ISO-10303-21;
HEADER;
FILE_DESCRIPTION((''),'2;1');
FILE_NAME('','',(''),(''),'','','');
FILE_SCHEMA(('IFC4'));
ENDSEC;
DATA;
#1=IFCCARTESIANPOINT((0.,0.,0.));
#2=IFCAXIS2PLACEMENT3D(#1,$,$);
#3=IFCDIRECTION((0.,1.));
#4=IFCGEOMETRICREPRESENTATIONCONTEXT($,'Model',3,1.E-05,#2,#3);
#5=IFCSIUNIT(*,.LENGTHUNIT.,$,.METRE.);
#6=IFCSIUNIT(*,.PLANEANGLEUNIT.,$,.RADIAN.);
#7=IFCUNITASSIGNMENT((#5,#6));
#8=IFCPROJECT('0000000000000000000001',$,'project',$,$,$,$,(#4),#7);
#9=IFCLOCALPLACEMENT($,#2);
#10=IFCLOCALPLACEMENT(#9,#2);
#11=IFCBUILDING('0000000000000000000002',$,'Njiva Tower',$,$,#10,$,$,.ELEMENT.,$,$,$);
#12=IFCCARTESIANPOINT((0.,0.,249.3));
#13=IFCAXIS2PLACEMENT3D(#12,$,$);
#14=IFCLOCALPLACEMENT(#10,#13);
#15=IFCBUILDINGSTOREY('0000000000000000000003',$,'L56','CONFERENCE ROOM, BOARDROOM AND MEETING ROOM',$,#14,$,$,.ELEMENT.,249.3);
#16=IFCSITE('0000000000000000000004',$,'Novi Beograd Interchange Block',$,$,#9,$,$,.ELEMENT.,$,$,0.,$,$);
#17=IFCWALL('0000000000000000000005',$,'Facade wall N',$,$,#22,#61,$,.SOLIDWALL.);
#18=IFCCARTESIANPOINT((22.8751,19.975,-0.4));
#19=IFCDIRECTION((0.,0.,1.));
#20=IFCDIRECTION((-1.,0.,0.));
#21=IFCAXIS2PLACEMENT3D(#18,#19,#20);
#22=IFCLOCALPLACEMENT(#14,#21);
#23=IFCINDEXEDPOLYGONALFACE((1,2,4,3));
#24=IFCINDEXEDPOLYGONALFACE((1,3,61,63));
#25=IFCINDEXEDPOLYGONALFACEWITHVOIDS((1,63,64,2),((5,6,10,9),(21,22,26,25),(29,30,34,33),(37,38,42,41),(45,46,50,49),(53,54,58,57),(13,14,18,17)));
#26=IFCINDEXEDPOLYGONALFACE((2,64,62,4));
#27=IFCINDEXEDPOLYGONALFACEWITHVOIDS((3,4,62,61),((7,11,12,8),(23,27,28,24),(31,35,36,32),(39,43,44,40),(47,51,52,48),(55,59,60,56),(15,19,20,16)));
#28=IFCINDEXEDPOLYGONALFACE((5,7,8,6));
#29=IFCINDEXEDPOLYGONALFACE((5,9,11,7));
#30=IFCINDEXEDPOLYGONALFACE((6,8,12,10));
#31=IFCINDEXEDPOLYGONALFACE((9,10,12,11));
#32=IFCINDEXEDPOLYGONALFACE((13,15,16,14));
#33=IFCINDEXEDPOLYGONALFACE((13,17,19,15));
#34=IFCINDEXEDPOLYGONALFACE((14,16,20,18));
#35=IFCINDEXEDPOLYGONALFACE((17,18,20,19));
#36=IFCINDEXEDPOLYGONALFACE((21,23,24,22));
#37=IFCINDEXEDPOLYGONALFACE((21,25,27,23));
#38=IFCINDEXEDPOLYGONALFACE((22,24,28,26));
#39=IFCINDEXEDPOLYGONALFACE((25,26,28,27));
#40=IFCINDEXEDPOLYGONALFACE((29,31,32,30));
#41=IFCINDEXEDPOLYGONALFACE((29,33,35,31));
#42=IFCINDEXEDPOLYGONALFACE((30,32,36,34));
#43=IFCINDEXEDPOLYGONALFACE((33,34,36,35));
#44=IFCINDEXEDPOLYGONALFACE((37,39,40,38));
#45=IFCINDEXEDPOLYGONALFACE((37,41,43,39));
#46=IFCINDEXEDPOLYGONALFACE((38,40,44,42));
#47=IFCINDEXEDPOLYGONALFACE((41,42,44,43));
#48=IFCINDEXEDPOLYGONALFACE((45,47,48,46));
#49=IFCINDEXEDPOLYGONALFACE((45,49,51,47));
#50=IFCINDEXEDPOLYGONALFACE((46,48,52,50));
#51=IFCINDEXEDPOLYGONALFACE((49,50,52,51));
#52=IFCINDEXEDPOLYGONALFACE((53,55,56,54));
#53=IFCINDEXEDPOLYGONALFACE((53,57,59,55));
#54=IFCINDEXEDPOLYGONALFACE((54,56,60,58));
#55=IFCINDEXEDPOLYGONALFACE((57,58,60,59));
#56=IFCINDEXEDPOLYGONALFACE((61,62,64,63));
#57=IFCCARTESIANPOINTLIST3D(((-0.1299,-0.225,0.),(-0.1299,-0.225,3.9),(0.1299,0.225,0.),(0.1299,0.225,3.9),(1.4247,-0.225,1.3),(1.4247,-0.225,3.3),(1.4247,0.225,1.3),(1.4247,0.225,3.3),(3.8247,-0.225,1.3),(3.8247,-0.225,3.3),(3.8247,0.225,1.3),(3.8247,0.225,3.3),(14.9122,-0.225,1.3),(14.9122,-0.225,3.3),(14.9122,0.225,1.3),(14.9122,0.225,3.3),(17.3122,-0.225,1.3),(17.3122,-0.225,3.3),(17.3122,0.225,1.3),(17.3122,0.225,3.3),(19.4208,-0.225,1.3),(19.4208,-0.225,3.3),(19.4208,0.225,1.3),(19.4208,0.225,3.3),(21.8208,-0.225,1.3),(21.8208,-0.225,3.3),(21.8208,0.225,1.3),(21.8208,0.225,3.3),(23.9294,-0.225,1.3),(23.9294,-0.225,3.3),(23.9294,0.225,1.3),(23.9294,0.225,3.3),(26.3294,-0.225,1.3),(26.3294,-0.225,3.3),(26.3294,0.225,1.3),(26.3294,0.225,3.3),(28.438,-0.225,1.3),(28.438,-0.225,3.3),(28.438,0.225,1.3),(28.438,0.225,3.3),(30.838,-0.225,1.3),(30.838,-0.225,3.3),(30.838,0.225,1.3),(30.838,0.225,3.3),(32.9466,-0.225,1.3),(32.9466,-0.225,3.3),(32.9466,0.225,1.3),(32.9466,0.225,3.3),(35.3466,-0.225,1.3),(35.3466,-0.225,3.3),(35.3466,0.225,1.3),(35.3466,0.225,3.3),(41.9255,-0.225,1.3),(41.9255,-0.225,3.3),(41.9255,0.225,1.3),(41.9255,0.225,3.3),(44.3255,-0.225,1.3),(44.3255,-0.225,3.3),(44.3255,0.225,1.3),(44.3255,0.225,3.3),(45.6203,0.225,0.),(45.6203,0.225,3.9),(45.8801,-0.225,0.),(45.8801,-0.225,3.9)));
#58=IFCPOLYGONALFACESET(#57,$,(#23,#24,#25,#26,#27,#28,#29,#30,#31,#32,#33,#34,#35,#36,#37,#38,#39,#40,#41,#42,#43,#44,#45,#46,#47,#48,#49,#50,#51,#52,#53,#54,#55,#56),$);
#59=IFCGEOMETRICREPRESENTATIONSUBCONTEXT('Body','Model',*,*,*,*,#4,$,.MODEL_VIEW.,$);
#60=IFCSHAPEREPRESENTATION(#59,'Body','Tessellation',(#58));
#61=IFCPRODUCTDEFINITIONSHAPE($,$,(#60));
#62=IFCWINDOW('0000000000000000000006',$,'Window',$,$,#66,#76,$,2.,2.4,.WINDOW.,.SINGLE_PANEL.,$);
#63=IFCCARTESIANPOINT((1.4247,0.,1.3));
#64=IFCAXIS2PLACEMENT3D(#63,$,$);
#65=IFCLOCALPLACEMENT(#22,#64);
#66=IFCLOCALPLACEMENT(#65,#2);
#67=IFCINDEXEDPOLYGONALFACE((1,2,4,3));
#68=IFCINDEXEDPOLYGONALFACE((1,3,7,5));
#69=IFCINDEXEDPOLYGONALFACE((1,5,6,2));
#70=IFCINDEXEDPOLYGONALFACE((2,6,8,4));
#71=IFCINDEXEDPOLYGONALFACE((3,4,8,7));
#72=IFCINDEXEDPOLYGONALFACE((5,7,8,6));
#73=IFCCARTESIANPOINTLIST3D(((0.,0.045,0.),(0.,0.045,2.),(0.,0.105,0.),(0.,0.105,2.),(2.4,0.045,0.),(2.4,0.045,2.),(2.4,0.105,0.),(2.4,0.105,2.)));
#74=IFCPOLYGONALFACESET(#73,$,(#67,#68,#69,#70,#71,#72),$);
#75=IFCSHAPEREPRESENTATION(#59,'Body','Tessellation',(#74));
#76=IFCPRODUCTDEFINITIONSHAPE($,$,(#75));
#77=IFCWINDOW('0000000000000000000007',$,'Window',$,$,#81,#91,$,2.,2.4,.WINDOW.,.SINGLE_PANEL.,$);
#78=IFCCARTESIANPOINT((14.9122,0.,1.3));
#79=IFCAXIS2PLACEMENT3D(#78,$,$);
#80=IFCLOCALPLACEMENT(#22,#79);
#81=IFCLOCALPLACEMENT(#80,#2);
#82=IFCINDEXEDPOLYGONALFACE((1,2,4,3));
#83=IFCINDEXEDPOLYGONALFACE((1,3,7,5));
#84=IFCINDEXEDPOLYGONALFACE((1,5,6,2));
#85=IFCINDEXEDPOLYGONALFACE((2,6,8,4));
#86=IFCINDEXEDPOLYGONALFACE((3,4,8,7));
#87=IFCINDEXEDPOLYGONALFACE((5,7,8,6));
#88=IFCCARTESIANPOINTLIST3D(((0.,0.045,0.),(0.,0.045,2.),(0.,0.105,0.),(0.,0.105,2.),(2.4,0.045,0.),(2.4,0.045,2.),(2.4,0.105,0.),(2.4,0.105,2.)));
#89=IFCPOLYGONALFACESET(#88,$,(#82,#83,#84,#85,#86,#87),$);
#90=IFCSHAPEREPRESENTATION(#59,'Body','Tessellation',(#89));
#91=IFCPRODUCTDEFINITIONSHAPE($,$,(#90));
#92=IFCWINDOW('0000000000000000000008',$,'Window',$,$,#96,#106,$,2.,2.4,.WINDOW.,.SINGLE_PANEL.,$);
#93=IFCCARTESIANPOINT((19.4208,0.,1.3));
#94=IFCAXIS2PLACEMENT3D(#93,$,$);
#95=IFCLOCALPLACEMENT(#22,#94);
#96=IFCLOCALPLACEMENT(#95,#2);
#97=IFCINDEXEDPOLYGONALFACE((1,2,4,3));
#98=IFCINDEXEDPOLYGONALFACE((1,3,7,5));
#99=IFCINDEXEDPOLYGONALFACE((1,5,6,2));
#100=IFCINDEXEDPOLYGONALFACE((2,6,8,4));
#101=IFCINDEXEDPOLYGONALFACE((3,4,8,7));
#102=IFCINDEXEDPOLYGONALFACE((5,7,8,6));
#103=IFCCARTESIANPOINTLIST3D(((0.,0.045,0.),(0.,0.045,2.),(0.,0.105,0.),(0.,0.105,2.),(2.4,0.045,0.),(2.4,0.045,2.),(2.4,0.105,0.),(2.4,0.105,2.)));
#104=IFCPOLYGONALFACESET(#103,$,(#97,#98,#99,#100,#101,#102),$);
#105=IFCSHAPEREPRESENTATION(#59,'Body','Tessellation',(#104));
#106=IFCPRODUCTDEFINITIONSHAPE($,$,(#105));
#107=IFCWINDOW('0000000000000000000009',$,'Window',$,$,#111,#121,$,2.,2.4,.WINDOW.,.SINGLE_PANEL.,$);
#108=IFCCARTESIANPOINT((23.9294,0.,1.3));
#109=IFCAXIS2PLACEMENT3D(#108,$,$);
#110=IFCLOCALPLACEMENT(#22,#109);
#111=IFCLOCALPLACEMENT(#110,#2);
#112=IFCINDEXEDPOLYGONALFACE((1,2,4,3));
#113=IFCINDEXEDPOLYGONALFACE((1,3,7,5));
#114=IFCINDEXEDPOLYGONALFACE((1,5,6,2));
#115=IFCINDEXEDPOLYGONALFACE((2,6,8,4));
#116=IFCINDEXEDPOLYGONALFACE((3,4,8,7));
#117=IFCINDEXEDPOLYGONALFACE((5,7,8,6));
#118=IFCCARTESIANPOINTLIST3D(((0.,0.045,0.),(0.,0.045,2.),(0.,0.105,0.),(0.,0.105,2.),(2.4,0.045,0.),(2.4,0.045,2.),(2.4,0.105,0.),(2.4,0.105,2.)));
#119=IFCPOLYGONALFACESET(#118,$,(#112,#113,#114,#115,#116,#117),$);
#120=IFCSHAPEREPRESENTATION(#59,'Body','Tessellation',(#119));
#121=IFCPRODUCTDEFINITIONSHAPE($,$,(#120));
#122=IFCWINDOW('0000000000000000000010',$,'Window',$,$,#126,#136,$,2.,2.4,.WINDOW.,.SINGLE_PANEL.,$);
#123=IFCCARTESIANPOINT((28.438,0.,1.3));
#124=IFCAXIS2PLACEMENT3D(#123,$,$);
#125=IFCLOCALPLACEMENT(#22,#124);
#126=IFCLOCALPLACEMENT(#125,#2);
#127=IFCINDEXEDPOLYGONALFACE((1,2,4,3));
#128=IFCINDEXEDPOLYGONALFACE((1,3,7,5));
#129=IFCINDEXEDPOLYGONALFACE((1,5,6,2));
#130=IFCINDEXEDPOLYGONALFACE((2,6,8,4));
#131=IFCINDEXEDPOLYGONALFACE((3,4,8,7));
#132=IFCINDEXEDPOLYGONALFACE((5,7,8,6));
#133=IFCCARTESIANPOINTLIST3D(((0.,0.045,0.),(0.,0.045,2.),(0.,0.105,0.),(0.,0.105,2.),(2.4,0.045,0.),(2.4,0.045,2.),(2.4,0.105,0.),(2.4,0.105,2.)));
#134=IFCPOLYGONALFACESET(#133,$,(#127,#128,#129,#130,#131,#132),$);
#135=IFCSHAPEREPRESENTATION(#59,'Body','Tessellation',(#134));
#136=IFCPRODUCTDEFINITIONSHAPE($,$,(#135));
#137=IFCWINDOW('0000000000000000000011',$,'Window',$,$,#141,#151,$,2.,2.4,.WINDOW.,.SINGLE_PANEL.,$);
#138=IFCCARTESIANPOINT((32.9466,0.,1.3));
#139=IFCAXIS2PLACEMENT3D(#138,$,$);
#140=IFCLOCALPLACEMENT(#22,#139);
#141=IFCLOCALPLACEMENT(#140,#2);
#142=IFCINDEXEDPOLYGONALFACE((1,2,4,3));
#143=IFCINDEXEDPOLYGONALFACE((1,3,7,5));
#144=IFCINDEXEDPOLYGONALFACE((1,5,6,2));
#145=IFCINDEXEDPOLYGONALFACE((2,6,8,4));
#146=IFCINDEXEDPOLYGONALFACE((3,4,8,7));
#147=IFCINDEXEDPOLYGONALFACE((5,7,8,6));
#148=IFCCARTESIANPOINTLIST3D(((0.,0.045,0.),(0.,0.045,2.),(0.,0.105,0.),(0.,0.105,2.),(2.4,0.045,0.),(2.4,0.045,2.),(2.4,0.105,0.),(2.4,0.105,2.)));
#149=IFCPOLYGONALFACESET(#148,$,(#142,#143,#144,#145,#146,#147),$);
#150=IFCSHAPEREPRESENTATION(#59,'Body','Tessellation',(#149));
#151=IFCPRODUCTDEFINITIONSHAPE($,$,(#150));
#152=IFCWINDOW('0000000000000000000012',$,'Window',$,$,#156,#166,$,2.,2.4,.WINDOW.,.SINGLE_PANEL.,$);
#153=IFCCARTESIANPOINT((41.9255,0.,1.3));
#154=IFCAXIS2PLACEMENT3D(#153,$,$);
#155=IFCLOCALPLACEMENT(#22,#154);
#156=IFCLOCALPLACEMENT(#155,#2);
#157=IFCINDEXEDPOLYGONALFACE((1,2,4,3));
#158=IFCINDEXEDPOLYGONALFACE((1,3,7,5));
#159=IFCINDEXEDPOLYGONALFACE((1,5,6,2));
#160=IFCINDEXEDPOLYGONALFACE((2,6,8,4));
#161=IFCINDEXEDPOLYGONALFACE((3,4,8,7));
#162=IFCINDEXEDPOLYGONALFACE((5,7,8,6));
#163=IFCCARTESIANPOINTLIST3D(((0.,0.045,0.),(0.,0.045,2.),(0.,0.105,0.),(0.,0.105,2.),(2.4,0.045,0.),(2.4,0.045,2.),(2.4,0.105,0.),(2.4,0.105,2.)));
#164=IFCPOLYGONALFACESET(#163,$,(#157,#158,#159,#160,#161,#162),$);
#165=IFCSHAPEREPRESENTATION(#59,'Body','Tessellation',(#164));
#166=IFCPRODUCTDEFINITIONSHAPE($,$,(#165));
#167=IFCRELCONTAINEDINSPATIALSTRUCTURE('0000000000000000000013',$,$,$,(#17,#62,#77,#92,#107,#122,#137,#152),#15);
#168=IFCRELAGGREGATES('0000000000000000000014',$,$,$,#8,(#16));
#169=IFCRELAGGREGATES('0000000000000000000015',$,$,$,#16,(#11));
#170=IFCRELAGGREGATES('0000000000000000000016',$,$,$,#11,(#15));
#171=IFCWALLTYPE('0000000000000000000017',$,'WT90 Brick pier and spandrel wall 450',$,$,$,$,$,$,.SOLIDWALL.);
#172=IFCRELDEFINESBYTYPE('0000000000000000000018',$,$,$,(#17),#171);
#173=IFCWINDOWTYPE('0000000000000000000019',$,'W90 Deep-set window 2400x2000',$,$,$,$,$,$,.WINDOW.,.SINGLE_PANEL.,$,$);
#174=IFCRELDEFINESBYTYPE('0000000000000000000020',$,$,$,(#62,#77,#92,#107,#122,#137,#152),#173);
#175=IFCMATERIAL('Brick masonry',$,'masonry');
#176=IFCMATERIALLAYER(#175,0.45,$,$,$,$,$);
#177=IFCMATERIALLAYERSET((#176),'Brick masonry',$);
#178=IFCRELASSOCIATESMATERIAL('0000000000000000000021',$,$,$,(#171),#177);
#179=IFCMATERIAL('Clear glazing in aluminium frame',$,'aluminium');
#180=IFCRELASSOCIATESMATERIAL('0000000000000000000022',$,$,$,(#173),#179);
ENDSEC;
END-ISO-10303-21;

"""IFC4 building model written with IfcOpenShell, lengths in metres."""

from ifc_helpers import new_model, si_unit, direction, frame, frame_2d, origin, place, context, subcontext, project, spatial, polyline, rectangle, outline, extrude, material, layer, layer_set, type_object, element, fill, save


model = new_model("IFC4")

# Units and contexts
model_context = context("Model", 3, precision=1e-05, world=origin(), true_north=direction((0.0, 1.0)))
body_context = subcontext(model_context, "Body", "Model", "MODEL_VIEW")
ifc_project = project(units=[si_unit("LENGTHUNIT", "METRE"), si_unit("PLANEANGLEUNIT", "RADIAN")], contexts=[model_context])

# Site, building, storey
site_placement = place(None, origin())
site = spatial("IfcSite", under=ifc_project, at=site_placement, Name="Novi Beograd Interchange Block", CompositionType="ELEMENT", RefElevation=0.0)
building_placement = place(site_placement, origin())
building = spatial("IfcBuilding", under=site, at=building_placement, Name="Njiva Tower", CompositionType="ELEMENT")
storey_placement = place(building_placement, frame((0.0, 0.0, 249.3)))
storey = spatial("IfcBuildingStorey", under=building, at=storey_placement, Name="L56", Description="CONFERENCE ROOM, BOARDROOM AND MEETING ROOM", CompositionType="ELEMENT", Elevation=249.3)

# Wall, openings, windows
ifc_material_1 = material(Name="Brick masonry", Category="masonry")
ifc_layer_1 = layer(ifc_material_1, 0.45)
ifc_layer_set_1 = layer_set([ifc_layer_1], Name="Brick masonry")
wall_type_1 = type_object("IfcWallType", Name="WT90 Brick pier and spandrel wall 450", PredefinedType="SOLIDWALL", material=ifc_layer_set_1)
wall_1_placement = place(storey_placement, frame((22.8751, 19.975, -0.4), z_axis=(0.0, 0.0, 1.0), x_axis=(-1.0, 0.0, 0.0)))
wall_1 = element("IfcWall", 1, at=wall_1_placement, inside=storey, type_object=wall_type_1, Name="Facade wall N", PredefinedType="SOLIDWALL", context=body_context, shape_type="SweptSolid", body=[
    extrude(outline(polyline([(-0.1299, -0.225), (45.8801, -0.225), (45.6203, 0.225), (0.1299, 0.225), (-0.1299, -0.225)])), origin(), (0.0, 0.0, 1.0), 3.9),
])
opening_1_placement = place(wall_1_placement, frame((1.4247, 0.0, 1.3)))
opening_1 = element("IfcOpeningElement", 2, at=opening_1_placement, cuts=wall_1, PredefinedType="OPENING", context=body_context, shape_type="SweptSolid", body=[
    extrude(rectangle(XDim=2.4, YDim=2.0, at=frame_2d((1.2, 1.0))), frame((0.0, 0.235, 0.0), z_axis=(0.0, -1.0, 0.0), x_axis=(1.0, 0.0, 0.0)), (0.0, 0.0, 1.0), 0.47),
])
opening_2_placement = place(wall_1_placement, frame((14.9122, 0.0, 1.3)))
opening_2 = element("IfcOpeningElement", 3, at=opening_2_placement, cuts=wall_1, PredefinedType="OPENING", context=body_context, shape_type="SweptSolid", body=[
    extrude(rectangle(XDim=2.4, YDim=2.0, at=frame_2d((1.2, 1.0))), frame((0.0, 0.235, 0.0), z_axis=(0.0, -1.0, 0.0), x_axis=(1.0, 0.0, 0.0)), (0.0, 0.0, 1.0), 0.47),
])
opening_3_placement = place(wall_1_placement, frame((19.4208, 0.0, 1.3)))
opening_3 = element("IfcOpeningElement", 4, at=opening_3_placement, cuts=wall_1, PredefinedType="OPENING", context=body_context, shape_type="SweptSolid", body=[
    extrude(rectangle(XDim=2.4, YDim=2.0, at=frame_2d((1.2, 1.0))), frame((0.0, 0.235, 0.0), z_axis=(0.0, -1.0, 0.0), x_axis=(1.0, 0.0, 0.0)), (0.0, 0.0, 1.0), 0.47),
])
opening_4_placement = place(wall_1_placement, frame((23.9294, 0.0, 1.3)))
opening_4 = element("IfcOpeningElement", 5, at=opening_4_placement, cuts=wall_1, PredefinedType="OPENING", context=body_context, shape_type="SweptSolid", body=[
    extrude(rectangle(XDim=2.4, YDim=2.0, at=frame_2d((1.2, 1.0))), frame((0.0, 0.235, 0.0), z_axis=(0.0, -1.0, 0.0), x_axis=(1.0, 0.0, 0.0)), (0.0, 0.0, 1.0), 0.47),
])
opening_5_placement = place(wall_1_placement, frame((28.438, 0.0, 1.3)))
opening_5 = element("IfcOpeningElement", 6, at=opening_5_placement, cuts=wall_1, PredefinedType="OPENING", context=body_context, shape_type="SweptSolid", body=[
    extrude(rectangle(XDim=2.4, YDim=2.0, at=frame_2d((1.2, 1.0))), frame((0.0, 0.235, 0.0), z_axis=(0.0, -1.0, 0.0), x_axis=(1.0, 0.0, 0.0)), (0.0, 0.0, 1.0), 0.47),
])
opening_6_placement = place(wall_1_placement, frame((32.9466, 0.0, 1.3)))
opening_6 = element("IfcOpeningElement", 7, at=opening_6_placement, cuts=wall_1, PredefinedType="OPENING", context=body_context, shape_type="SweptSolid", body=[
    extrude(rectangle(XDim=2.4, YDim=2.0, at=frame_2d((1.2, 1.0))), frame((0.0, 0.235, 0.0), z_axis=(0.0, -1.0, 0.0), x_axis=(1.0, 0.0, 0.0)), (0.0, 0.0, 1.0), 0.47),
])
opening_7_placement = place(wall_1_placement, frame((41.9255, 0.0, 1.3)))
opening_7 = element("IfcOpeningElement", 8, at=opening_7_placement, cuts=wall_1, PredefinedType="OPENING", context=body_context, shape_type="SweptSolid", body=[
    extrude(rectangle(XDim=2.4, YDim=2.0, at=frame_2d((1.2, 1.0))), frame((0.0, 0.235, 0.0), z_axis=(0.0, -1.0, 0.0), x_axis=(1.0, 0.0, 0.0)), (0.0, 0.0, 1.0), 0.47),
])
ifc_material_2 = material(Name="Clear glazing in aluminium frame", Category="aluminium")
window_type_1 = type_object("IfcWindowType", Name="W90 Deep-set window 2400x2000", PartitioningType="SINGLE_PANEL", PredefinedType="WINDOW", material=ifc_material_2)
window_1_placement = place(opening_1_placement, origin())
window_1 = element("IfcWindow", 9, at=window_1_placement, inside=storey, type_object=window_type_1, Name="Window", OverallHeight=2.0, OverallWidth=2.4, PartitioningType="SINGLE_PANEL", PredefinedType="WINDOW", context=body_context, shape_type="SweptSolid", body=[
    extrude(rectangle(XDim=2.4, YDim=2.0, at=frame_2d((1.2, 1.0))), frame((0.0, 0.105, 0.0), z_axis=(0.0, -1.0, 0.0), x_axis=(1.0, 0.0, 0.0)), (0.0, 0.0, 1.0), 0.06),
])
fill(opening_1, window_1)
window_2_placement = place(opening_2_placement, origin())
window_2 = element("IfcWindow", 10, at=window_2_placement, inside=storey, type_object=window_type_1, Name="Window", OverallHeight=2.0, OverallWidth=2.4, PartitioningType="SINGLE_PANEL", PredefinedType="WINDOW", context=body_context, shape_type="SweptSolid", body=[
    extrude(rectangle(XDim=2.4, YDim=2.0, at=frame_2d((1.2, 1.0))), frame((0.0, 0.105, 0.0), z_axis=(0.0, -1.0, 0.0), x_axis=(1.0, 0.0, 0.0)), (0.0, 0.0, 1.0), 0.06),
])
fill(opening_2, window_2)
window_3_placement = place(opening_3_placement, origin())
window_3 = element("IfcWindow", 11, at=window_3_placement, inside=storey, type_object=window_type_1, Name="Window", OverallHeight=2.0, OverallWidth=2.4, PartitioningType="SINGLE_PANEL", PredefinedType="WINDOW", context=body_context, shape_type="SweptSolid", body=[
    extrude(rectangle(XDim=2.4, YDim=2.0, at=frame_2d((1.2, 1.0))), frame((0.0, 0.105, 0.0), z_axis=(0.0, -1.0, 0.0), x_axis=(1.0, 0.0, 0.0)), (0.0, 0.0, 1.0), 0.06),
])
fill(opening_3, window_3)
window_4_placement = place(opening_4_placement, origin())
window_4 = element("IfcWindow", 12, at=window_4_placement, inside=storey, type_object=window_type_1, Name="Window", OverallHeight=2.0, OverallWidth=2.4, PartitioningType="SINGLE_PANEL", PredefinedType="WINDOW", context=body_context, shape_type="SweptSolid", body=[
    extrude(rectangle(XDim=2.4, YDim=2.0, at=frame_2d((1.2, 1.0))), frame((0.0, 0.105, 0.0), z_axis=(0.0, -1.0, 0.0), x_axis=(1.0, 0.0, 0.0)), (0.0, 0.0, 1.0), 0.06),
])
fill(opening_4, window_4)
window_5_placement = place(opening_5_placement, origin())
window_5 = element("IfcWindow", 13, at=window_5_placement, inside=storey, type_object=window_type_1, Name="Window", OverallHeight=2.0, OverallWidth=2.4, PartitioningType="SINGLE_PANEL", PredefinedType="WINDOW", context=body_context, shape_type="SweptSolid", body=[
    extrude(rectangle(XDim=2.4, YDim=2.0, at=frame_2d((1.2, 1.0))), frame((0.0, 0.105, 0.0), z_axis=(0.0, -1.0, 0.0), x_axis=(1.0, 0.0, 0.0)), (0.0, 0.0, 1.0), 0.06),
])
fill(opening_5, window_5)
window_6_placement = place(opening_6_placement, origin())
window_6 = element("IfcWindow", 14, at=window_6_placement, inside=storey, type_object=window_type_1, Name="Window", OverallHeight=2.0, OverallWidth=2.4, PartitioningType="SINGLE_PANEL", PredefinedType="WINDOW", context=body_context, shape_type="SweptSolid", body=[
    extrude(rectangle(XDim=2.4, YDim=2.0, at=frame_2d((1.2, 1.0))), frame((0.0, 0.105, 0.0), z_axis=(0.0, -1.0, 0.0), x_axis=(1.0, 0.0, 0.0)), (0.0, 0.0, 1.0), 0.06),
])
fill(opening_6, window_6)
window_7_placement = place(opening_7_placement, origin())
window_7 = element("IfcWindow", 15, at=window_7_placement, inside=storey, type_object=window_type_1, Name="Window", OverallHeight=2.0, OverallWidth=2.4, PartitioningType="SINGLE_PANEL", PredefinedType="WINDOW", context=body_context, shape_type="SweptSolid", body=[
    extrude(rectangle(XDim=2.4, YDim=2.0, at=frame_2d((1.2, 1.0))), frame((0.0, 0.105, 0.0), z_axis=(0.0, -1.0, 0.0), x_axis=(1.0, 0.0, 0.0)), (0.0, 0.0, 1.0), 0.06),
])
fill(opening_7, window_7)

save(model, "model.ifc")
